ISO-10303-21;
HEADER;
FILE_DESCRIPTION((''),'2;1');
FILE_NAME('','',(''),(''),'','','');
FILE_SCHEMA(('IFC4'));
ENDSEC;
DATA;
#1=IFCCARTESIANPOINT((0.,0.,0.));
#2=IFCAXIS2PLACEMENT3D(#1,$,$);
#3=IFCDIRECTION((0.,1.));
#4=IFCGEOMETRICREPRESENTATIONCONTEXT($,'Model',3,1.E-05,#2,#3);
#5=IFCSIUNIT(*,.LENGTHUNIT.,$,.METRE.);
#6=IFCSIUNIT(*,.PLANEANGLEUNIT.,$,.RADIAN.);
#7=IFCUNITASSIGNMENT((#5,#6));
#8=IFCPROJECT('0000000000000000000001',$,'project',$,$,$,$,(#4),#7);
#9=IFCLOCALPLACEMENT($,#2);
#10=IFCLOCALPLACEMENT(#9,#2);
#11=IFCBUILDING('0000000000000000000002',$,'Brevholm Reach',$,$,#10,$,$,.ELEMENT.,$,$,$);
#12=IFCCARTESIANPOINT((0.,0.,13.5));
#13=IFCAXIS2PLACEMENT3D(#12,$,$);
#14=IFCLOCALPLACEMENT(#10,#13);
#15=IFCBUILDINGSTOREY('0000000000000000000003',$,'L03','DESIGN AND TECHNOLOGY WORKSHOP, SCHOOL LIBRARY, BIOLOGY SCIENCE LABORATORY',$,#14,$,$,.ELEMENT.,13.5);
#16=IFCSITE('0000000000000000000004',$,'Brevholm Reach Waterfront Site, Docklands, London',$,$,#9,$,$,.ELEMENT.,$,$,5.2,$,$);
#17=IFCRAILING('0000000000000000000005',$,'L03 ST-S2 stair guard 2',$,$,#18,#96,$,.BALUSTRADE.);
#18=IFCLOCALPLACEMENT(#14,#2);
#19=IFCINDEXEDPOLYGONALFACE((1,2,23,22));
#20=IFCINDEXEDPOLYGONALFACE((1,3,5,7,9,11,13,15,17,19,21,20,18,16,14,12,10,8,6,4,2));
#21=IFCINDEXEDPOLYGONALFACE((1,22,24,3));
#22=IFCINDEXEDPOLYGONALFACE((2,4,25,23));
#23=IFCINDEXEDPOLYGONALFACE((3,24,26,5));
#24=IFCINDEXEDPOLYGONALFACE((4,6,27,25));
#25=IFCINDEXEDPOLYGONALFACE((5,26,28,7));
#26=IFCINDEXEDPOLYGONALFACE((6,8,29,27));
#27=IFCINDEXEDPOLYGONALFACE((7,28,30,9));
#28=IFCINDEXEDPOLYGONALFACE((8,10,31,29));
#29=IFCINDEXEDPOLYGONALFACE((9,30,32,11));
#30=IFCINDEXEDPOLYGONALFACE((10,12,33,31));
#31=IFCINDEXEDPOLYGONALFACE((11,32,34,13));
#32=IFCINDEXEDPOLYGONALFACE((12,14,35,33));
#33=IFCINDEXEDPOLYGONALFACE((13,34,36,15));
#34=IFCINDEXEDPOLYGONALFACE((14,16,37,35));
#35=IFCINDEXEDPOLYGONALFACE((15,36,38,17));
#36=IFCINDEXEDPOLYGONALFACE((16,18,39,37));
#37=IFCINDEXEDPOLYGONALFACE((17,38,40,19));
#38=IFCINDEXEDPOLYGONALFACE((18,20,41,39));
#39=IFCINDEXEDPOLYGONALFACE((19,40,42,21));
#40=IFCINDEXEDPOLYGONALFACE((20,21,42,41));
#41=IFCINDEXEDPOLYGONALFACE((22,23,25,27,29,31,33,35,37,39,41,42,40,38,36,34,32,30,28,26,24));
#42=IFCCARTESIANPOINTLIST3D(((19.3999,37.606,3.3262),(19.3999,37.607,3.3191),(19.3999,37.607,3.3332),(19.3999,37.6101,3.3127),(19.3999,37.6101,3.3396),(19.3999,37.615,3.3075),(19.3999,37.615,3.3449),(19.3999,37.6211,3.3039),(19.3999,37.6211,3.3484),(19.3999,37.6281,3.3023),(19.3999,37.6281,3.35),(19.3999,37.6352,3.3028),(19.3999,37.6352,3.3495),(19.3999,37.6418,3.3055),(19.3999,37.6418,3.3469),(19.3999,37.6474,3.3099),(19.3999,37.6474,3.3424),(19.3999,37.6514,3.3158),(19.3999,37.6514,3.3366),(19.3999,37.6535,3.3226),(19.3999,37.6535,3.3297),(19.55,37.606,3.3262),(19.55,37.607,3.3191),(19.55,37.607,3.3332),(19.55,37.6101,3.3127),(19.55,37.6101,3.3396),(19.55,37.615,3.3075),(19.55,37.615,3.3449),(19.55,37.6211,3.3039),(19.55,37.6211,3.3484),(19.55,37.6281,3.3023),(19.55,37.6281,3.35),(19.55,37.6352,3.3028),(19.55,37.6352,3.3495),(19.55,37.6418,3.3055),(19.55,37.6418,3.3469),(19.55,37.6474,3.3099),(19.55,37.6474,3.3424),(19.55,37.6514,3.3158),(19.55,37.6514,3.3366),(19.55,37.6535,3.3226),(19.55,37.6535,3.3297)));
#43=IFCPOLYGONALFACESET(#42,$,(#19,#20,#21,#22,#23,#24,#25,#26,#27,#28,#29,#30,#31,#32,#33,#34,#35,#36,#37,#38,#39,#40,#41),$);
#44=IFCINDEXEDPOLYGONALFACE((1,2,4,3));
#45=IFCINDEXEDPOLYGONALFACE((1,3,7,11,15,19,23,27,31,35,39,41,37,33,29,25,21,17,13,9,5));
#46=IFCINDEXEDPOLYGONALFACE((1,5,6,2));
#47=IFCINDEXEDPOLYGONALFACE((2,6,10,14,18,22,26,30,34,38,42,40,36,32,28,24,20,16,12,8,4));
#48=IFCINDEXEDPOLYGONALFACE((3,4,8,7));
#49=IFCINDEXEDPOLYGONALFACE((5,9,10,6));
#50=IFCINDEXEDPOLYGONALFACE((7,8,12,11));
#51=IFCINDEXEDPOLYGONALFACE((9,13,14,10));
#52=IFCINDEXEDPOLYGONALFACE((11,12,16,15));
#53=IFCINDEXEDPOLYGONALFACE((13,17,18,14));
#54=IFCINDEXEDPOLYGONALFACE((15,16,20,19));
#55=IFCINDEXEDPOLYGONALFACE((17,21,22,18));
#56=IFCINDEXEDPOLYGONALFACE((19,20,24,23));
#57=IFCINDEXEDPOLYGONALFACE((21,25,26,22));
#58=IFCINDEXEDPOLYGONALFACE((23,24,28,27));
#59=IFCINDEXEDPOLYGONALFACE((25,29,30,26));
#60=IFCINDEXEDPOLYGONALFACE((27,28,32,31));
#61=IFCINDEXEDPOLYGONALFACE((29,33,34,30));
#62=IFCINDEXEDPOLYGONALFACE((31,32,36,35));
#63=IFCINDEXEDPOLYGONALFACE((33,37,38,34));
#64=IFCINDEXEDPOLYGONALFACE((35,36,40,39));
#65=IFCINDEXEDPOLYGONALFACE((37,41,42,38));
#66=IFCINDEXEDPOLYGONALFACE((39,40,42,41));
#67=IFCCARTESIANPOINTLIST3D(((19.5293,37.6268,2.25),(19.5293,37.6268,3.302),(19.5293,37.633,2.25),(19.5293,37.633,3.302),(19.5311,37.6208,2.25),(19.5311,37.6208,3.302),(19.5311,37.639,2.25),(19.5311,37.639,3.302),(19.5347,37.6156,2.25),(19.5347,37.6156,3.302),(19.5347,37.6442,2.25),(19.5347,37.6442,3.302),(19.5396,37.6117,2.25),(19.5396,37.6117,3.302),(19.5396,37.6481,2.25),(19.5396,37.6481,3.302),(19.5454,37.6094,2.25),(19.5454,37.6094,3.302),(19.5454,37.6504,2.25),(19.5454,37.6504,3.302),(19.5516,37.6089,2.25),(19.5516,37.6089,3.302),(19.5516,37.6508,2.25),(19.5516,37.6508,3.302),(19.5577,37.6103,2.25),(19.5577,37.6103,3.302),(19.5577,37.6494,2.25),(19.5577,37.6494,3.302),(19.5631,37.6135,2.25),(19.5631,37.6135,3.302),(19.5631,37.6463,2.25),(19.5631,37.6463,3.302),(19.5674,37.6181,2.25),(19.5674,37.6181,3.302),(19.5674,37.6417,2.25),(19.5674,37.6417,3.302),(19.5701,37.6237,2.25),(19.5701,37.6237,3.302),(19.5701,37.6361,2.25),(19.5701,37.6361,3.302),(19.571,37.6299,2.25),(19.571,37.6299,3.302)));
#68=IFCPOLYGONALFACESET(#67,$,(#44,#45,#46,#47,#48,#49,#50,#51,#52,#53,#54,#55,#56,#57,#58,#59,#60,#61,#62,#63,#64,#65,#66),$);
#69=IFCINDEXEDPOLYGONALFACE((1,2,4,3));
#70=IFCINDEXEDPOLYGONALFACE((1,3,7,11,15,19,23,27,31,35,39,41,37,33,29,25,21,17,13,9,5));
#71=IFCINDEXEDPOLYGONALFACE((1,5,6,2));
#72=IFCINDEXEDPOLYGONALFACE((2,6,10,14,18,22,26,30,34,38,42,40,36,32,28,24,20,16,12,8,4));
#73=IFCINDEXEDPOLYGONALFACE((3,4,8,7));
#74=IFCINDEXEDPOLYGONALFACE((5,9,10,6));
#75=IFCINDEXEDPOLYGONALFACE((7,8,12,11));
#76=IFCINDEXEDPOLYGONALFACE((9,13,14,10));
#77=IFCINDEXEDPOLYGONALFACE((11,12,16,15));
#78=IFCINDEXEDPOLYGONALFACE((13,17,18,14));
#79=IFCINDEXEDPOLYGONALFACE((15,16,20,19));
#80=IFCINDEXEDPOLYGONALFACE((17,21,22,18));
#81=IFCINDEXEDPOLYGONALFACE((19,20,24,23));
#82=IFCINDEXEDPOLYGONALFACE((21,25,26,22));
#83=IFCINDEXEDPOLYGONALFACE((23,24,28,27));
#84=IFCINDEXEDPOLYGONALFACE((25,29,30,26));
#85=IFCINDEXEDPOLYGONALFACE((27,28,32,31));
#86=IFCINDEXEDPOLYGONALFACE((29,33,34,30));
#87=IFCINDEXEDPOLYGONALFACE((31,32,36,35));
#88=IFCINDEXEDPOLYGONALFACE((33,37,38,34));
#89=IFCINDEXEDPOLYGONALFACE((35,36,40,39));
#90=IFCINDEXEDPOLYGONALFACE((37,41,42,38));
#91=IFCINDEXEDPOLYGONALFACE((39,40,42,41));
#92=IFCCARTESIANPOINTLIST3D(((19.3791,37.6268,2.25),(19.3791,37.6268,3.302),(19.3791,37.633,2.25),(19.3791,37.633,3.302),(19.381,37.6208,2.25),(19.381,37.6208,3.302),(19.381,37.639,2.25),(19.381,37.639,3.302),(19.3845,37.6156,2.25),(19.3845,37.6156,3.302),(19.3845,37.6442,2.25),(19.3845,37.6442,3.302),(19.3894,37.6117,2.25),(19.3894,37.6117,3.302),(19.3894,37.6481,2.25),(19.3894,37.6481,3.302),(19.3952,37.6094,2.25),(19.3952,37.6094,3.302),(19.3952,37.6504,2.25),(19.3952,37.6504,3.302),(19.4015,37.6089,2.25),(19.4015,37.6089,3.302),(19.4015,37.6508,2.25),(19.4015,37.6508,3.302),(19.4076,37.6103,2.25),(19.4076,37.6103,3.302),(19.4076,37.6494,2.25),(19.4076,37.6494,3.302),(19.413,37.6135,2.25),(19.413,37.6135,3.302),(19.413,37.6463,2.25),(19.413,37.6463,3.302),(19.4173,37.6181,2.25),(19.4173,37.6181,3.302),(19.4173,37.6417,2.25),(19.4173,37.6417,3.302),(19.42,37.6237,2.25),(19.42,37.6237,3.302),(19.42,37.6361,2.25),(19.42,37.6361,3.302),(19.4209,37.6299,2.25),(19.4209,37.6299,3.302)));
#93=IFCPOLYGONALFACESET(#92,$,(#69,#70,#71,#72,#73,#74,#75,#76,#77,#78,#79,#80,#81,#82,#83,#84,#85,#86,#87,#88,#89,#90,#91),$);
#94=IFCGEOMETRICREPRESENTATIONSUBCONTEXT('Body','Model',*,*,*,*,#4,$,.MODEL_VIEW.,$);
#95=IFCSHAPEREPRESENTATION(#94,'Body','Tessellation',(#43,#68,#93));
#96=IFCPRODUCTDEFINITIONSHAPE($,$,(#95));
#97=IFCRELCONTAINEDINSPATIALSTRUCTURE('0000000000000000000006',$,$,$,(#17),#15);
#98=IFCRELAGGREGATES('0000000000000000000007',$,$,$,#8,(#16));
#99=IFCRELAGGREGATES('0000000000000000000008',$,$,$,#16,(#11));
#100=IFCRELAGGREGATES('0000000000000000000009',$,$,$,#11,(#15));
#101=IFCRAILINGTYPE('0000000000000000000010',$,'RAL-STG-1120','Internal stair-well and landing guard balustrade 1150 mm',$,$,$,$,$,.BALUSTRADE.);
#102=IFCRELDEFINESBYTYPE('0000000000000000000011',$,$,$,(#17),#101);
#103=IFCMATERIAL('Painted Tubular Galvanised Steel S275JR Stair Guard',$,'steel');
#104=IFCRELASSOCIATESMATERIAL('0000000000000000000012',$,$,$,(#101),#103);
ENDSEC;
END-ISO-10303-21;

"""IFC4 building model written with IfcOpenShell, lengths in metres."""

from ifc_helpers import new_model, si_unit, direction, frame, origin, origin_2d, place, context, subcontext, project, spatial, circle, extrude, material, type_object, element, save


model = new_model("IFC4")

# Units and contexts
model_context = context("Model", 3, precision=1e-05, world=origin(), true_north=direction((0.0, 1.0)))
body_context = subcontext(model_context, "Body", "Model", "MODEL_VIEW")
ifc_project = project(units=[si_unit("LENGTHUNIT", "METRE"), si_unit("PLANEANGLEUNIT", "RADIAN")], contexts=[model_context])

# Site, building, storey
site_placement = place(None, origin())
site = spatial("IfcSite", under=ifc_project, at=site_placement, Name="Brevholm Reach Waterfront Site, Docklands, London", CompositionType="ELEMENT", RefElevation=5.2)
building_placement = place(site_placement, origin())
building = spatial("IfcBuilding", under=site, at=building_placement, Name="Brevholm Reach", CompositionType="ELEMENT")
storey_placement = place(building_placement, frame((0.0, 0.0, 13.5)))
storey = spatial("IfcBuildingStorey", under=building, at=storey_placement, Name="L03", Description="DESIGN AND TECHNOLOGY WORKSHOP, SCHOOL LIBRARY, BIOLOGY SCIENCE LABORATORY", CompositionType="ELEMENT", Elevation=13.5)

# Railing
ifc_material_1 = material(Name="Painted Tubular Galvanised Steel S275JR Stair Guard", Category="steel")
railing_type_1 = type_object("IfcRailingType", Name="RAL-STG-1120", Description="Internal stair-well and landing guard balustrade 1150 mm", PredefinedType="BALUSTRADE", material=ifc_material_1)
railing_1_placement = place(storey_placement, frame((19.55, 37.6299, 2.25)))
element("IfcRailing", 1, at=railing_1_placement, inside=storey, type_object=railing_type_1, Name="L03 ST-S2 stair guard 2", PredefinedType="BALUSTRADE", context=body_context, shape_type="SweptSolid", body=[
    extrude(circle(Radius=0.0239, at=origin_2d()), frame((0.0, 0.0, 1.0762), z_axis=(-1.0, 0.0, 0.0), x_axis=(0.0, -1.0, 0.0)), (0.0, 0.0, 1.0), 0.1501),
    extrude(circle(Radius=0.021, at=origin_2d()), origin(), (0.0, 0.0, 1.0), 1.052),
    extrude(circle(Radius=0.021, at=origin_2d()), frame((-0.1501, 0.0, 0.0)), (0.0, 0.0, 1.0), 1.052),
])

save(model, "model.ifc")
